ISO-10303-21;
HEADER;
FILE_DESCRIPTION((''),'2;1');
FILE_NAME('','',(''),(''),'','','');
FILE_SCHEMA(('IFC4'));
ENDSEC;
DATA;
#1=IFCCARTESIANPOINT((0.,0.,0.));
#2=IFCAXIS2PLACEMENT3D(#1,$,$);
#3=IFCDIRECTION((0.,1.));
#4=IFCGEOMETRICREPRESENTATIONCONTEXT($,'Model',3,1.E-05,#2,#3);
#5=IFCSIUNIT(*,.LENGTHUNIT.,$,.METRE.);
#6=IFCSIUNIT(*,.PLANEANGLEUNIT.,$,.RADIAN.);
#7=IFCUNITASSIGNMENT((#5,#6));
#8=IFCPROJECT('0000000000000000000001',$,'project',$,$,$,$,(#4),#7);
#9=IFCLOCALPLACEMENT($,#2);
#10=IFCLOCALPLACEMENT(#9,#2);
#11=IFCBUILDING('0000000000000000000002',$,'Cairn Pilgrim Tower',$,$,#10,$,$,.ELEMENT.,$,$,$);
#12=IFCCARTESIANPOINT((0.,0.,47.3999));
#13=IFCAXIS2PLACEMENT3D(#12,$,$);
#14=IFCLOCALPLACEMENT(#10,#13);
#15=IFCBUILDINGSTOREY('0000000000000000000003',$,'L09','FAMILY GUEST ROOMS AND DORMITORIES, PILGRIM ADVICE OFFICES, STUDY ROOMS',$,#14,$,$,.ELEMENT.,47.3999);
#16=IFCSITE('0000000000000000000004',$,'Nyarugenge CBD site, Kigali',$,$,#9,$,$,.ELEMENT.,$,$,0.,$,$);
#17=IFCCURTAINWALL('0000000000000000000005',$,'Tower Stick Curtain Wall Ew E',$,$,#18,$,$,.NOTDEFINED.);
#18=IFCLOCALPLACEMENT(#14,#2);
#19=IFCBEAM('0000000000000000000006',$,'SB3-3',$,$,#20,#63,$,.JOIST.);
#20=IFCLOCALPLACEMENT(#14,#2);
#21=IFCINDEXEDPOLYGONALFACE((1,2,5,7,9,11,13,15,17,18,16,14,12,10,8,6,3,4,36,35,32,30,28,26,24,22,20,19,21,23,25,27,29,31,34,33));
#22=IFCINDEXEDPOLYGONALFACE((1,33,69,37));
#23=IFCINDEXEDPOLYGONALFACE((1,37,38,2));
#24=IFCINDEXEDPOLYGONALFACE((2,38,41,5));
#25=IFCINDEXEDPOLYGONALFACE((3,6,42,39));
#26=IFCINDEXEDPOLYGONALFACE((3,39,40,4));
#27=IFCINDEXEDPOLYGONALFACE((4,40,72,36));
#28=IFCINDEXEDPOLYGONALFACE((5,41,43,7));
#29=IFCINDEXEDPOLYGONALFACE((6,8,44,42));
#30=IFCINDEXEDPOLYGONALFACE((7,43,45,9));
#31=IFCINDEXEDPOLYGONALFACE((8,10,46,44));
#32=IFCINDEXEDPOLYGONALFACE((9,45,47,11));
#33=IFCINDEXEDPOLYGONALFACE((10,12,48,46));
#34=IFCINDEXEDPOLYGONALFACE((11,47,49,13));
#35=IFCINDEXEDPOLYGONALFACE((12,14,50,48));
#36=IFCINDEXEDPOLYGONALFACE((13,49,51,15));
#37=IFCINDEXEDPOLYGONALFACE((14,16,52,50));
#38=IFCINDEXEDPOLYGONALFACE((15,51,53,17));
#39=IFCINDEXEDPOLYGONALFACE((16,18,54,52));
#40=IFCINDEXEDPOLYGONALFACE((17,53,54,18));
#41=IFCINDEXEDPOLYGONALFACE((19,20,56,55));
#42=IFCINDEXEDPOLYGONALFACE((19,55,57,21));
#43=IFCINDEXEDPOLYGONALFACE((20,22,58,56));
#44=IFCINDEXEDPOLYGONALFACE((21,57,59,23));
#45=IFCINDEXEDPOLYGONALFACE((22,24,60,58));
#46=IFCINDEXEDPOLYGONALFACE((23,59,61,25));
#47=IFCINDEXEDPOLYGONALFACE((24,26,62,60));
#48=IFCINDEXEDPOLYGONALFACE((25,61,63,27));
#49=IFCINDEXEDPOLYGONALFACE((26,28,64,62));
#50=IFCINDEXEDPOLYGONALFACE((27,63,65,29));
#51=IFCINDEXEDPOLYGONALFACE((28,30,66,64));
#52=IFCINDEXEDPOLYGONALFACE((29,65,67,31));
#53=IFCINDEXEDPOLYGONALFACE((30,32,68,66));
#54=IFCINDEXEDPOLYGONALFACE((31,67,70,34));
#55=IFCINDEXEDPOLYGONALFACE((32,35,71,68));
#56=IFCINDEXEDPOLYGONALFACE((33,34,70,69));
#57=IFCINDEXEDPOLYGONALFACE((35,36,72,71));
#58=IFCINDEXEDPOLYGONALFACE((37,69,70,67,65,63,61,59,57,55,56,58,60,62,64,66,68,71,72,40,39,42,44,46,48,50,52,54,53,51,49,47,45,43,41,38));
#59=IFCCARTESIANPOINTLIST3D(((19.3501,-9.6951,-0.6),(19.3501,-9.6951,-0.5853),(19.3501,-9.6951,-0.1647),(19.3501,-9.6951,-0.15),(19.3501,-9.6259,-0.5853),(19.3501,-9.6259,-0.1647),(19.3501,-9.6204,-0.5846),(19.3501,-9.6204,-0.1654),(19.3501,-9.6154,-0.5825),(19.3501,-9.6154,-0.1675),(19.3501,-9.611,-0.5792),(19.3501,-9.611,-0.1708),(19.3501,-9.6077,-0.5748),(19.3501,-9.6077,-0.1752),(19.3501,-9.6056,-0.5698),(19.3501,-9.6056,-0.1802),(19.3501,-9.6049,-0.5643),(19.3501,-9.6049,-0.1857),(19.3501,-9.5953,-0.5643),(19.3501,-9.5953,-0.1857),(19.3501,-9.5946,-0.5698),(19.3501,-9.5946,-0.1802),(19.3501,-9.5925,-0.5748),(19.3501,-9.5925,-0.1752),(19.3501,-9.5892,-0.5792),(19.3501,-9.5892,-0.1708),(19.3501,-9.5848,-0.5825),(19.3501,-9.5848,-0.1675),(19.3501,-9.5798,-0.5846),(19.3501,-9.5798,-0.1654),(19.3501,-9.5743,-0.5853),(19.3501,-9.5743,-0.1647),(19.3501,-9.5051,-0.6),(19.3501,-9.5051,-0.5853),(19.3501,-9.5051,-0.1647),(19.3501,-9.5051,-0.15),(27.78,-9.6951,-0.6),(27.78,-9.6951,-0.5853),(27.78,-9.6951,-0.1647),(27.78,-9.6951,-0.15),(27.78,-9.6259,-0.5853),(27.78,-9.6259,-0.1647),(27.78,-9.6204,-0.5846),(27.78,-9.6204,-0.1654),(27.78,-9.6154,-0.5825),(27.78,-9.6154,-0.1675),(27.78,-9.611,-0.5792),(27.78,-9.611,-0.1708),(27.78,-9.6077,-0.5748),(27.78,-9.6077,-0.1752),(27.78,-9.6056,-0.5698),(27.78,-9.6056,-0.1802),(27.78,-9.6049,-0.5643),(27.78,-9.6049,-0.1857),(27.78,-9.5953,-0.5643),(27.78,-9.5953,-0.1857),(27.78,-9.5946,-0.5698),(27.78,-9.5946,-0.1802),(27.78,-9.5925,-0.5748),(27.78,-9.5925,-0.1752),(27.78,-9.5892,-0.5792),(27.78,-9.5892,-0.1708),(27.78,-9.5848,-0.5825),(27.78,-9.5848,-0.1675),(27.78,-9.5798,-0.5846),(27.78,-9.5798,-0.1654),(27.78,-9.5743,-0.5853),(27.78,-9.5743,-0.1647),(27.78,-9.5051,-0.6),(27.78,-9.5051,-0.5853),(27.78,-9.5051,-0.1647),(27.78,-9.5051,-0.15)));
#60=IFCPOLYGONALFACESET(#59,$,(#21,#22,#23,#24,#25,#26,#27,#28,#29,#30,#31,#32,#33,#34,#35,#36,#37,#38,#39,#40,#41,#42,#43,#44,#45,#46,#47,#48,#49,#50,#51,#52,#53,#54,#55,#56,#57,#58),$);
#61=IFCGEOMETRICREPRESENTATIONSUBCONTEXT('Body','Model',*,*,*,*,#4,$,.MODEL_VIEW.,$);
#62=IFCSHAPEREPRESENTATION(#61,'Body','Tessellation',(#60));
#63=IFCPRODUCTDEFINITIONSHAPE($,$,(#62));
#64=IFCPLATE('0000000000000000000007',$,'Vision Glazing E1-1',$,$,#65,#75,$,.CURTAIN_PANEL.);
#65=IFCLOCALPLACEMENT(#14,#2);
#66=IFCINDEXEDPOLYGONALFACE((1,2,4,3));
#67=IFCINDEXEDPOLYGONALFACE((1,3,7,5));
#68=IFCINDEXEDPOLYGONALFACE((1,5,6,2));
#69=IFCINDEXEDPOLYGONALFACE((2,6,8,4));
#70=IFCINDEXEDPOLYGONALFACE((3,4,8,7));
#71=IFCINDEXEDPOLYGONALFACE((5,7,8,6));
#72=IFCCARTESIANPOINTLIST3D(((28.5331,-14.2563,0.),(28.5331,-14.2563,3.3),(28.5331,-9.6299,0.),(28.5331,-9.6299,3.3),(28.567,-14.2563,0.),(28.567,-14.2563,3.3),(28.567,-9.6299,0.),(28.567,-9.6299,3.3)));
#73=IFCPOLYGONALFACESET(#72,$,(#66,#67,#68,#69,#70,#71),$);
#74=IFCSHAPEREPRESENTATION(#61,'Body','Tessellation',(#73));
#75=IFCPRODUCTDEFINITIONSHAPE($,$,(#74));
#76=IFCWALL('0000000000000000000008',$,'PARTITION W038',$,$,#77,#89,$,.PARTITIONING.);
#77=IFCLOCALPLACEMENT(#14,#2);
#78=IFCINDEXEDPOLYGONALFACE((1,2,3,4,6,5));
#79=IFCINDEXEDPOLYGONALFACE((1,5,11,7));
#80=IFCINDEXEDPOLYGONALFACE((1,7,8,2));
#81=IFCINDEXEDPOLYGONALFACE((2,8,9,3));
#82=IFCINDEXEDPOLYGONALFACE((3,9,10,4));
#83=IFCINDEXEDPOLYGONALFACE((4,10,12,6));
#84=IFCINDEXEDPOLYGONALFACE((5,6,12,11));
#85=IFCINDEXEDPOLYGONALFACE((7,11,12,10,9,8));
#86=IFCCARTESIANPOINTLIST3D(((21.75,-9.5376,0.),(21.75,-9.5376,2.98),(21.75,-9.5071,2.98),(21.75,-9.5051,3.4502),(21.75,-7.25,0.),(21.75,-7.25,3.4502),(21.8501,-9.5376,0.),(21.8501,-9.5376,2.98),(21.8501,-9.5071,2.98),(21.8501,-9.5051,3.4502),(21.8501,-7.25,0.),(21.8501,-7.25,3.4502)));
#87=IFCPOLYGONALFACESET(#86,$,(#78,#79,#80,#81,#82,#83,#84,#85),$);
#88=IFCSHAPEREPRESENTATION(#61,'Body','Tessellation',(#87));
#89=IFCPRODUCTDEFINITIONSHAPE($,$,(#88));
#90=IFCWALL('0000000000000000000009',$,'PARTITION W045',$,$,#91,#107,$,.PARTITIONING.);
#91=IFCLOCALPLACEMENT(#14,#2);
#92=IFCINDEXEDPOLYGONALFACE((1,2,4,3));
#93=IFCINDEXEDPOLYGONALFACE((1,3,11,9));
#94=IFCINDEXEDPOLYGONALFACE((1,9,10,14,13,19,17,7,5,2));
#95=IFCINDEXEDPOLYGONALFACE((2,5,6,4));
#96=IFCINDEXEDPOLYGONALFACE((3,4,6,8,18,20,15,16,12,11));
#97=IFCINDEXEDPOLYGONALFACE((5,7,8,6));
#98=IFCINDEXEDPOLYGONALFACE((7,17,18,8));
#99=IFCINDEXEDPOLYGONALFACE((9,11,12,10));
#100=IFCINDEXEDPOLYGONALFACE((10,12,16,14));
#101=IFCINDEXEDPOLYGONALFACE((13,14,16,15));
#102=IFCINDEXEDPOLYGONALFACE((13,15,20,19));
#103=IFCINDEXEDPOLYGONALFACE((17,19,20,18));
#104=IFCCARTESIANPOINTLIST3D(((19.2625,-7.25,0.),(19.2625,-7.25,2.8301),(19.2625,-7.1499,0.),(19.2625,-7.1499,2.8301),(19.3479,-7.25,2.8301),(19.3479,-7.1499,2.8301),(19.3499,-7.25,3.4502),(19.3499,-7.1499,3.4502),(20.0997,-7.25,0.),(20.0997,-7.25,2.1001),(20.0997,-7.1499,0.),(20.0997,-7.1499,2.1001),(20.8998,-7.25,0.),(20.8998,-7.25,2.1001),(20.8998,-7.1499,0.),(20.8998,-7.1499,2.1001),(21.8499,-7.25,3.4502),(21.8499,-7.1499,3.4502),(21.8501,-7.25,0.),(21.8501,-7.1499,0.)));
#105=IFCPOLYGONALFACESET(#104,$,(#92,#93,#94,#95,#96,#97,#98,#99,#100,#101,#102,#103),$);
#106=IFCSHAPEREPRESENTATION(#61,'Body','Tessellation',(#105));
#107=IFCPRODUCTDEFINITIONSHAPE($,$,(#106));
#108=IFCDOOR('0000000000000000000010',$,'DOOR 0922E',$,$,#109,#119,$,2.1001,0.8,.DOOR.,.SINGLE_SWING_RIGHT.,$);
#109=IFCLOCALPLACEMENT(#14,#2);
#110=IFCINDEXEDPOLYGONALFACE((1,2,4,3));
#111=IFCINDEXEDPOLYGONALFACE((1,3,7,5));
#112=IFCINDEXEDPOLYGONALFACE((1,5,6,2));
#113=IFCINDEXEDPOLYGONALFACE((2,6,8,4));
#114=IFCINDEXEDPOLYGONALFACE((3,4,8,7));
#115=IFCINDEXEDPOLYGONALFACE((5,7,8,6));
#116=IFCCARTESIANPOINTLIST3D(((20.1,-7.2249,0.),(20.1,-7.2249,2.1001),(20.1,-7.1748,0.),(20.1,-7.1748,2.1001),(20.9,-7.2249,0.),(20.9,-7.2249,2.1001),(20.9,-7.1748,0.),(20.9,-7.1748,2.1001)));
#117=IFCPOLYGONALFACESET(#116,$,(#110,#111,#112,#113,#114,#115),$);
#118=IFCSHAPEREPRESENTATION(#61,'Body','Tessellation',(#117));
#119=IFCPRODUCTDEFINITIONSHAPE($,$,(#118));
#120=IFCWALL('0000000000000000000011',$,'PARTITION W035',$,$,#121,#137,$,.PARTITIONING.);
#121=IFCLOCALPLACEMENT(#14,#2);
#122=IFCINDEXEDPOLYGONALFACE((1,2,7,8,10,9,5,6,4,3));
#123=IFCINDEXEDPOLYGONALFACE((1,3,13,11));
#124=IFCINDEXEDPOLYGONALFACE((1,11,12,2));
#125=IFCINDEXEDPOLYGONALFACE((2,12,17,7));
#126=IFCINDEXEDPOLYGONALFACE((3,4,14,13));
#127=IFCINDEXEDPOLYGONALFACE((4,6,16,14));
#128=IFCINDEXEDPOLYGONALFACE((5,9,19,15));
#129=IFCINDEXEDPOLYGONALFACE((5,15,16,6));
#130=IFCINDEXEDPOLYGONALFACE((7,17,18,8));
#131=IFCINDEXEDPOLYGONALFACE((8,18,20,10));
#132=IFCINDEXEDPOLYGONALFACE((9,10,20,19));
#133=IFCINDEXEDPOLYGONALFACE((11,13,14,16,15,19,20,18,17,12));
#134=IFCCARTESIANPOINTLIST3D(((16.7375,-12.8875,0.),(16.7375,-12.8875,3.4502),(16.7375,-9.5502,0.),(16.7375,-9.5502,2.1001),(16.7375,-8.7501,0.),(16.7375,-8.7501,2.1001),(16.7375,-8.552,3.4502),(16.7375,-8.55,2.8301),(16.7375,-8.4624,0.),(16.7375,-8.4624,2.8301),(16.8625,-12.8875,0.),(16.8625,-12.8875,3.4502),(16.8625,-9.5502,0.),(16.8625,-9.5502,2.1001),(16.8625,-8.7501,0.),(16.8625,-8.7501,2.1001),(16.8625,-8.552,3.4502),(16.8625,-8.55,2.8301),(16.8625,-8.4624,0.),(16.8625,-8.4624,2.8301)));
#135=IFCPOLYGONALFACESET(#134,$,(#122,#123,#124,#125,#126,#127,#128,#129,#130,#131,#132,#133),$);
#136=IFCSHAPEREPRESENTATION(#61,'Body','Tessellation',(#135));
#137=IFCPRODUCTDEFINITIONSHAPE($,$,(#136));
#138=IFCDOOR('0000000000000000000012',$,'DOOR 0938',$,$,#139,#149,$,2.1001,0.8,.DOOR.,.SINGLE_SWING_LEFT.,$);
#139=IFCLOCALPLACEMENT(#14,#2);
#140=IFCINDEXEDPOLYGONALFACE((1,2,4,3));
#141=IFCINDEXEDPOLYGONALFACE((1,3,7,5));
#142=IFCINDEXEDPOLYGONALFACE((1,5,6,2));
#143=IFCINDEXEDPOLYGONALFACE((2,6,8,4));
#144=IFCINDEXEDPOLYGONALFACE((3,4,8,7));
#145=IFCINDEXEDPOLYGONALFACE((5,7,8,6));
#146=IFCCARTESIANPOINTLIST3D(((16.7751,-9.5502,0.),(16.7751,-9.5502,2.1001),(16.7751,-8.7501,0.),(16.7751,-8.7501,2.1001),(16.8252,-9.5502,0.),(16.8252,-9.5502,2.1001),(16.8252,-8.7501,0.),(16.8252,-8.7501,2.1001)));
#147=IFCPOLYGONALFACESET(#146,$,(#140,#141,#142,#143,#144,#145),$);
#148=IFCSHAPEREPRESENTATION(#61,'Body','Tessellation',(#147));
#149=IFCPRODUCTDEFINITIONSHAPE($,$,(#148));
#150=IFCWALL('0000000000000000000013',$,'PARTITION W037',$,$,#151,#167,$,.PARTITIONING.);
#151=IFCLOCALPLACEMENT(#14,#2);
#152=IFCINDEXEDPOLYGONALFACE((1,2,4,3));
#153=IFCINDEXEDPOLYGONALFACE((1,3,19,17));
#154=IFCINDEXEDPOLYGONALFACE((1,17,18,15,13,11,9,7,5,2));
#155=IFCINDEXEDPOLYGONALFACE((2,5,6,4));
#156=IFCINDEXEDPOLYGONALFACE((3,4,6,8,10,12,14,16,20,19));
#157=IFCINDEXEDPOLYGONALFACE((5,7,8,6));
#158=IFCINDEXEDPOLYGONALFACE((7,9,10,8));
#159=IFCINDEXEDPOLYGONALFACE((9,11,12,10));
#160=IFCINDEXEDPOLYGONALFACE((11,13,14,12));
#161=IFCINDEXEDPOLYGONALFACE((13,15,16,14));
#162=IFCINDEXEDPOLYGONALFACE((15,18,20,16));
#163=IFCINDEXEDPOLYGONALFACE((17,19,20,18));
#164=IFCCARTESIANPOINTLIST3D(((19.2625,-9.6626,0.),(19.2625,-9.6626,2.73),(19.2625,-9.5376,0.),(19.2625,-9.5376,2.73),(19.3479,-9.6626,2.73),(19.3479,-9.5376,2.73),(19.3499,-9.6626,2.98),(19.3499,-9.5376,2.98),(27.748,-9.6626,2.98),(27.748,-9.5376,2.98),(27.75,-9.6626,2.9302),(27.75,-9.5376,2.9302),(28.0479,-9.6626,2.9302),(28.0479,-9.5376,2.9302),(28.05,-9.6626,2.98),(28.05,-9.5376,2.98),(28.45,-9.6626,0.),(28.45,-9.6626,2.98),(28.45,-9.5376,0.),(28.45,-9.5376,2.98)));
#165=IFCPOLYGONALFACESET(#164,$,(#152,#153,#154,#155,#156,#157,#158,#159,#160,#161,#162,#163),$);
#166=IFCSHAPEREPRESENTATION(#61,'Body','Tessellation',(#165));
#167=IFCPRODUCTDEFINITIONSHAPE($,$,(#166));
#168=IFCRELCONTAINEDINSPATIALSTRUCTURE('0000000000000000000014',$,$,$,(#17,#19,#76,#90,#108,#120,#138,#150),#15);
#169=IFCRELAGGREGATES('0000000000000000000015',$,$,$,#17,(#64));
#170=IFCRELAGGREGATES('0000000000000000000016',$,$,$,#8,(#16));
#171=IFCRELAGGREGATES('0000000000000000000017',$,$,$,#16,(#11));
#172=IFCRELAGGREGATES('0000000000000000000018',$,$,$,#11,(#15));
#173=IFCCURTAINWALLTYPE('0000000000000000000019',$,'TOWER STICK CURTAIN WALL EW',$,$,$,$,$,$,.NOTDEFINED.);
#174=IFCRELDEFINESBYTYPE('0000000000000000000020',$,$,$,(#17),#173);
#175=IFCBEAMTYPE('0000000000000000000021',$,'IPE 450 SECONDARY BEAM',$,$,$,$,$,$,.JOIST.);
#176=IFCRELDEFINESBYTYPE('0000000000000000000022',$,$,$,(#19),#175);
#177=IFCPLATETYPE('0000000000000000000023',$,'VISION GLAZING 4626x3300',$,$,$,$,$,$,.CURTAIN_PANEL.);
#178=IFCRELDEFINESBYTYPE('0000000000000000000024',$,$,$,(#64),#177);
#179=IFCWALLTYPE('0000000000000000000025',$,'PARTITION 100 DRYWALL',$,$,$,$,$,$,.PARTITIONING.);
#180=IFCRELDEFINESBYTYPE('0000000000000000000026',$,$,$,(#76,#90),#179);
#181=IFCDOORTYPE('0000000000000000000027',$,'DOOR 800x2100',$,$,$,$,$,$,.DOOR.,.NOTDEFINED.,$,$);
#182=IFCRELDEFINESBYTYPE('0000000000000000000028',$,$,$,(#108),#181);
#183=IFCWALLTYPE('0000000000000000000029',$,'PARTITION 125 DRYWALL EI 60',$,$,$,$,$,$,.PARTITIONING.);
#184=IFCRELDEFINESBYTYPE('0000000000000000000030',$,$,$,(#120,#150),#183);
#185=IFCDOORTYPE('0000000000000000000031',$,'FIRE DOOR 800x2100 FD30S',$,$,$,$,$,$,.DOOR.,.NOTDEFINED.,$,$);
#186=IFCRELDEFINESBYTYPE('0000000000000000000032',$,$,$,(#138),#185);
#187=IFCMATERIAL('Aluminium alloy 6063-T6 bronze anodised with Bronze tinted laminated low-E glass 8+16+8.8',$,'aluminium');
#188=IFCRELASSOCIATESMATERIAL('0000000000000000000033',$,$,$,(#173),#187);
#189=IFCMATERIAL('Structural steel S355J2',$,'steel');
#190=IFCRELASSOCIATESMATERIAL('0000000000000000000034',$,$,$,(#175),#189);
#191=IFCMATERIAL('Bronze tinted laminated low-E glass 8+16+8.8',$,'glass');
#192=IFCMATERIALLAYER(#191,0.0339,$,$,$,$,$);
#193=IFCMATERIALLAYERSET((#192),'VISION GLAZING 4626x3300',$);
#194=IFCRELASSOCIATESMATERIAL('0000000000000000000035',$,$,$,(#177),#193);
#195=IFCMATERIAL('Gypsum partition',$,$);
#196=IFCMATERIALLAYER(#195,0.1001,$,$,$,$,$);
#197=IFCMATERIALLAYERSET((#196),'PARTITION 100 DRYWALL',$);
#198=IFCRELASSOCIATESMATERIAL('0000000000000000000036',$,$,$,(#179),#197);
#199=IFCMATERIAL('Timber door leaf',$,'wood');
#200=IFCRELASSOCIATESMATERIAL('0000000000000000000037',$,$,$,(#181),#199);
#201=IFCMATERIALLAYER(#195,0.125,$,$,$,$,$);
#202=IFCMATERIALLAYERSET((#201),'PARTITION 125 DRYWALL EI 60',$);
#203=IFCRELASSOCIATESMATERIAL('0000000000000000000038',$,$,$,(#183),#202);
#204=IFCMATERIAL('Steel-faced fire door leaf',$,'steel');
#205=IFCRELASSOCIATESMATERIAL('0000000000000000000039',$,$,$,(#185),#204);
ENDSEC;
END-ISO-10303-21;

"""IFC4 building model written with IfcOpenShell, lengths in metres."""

from ifc_helpers import new_model, si_unit, direction, frame, frame_2d, origin, origin_2d, place, context, subcontext, project, spatial, polyline, rectangle, i_section, outline, extrude, material, layer, layer_set, material_profile, profile_set, type_object, element, fill, aggregate, save


model = new_model("IFC4")

# Units and contexts
model_context = context("Model", 3, precision=1e-05, world=origin(), true_north=direction((0.0, 1.0)))
body_context = subcontext(model_context, "Body", "Model", "MODEL_VIEW")
ifc_project = project(units=[si_unit("LENGTHUNIT", "METRE"), si_unit("PLANEANGLEUNIT", "RADIAN")], contexts=[model_context])

# Site, building, storey
site_placement = place(None, origin())
site = spatial("IfcSite", under=ifc_project, at=site_placement, Name="Nyarugenge CBD site, Kigali", CompositionType="ELEMENT", RefElevation=0.0)
building_placement = place(site_placement, origin())
building = spatial("IfcBuilding", under=site, at=building_placement, Name="Cairn Pilgrim Tower", CompositionType="ELEMENT")
storey_placement = place(building_placement, frame((0.0, 0.0, 47.3999)))
storey = spatial("IfcBuildingStorey", under=building, at=storey_placement, Name="L09", Description="FAMILY GUEST ROOMS AND DORMITORIES, PILGRIM ADVICE OFFICES, STUDY ROOMS", CompositionType="ELEMENT", Elevation=47.3999)

# Curtain wall
ifc_material_1 = material(Name="Aluminium alloy 6063-T6 bronze anodised with Bronze tinted laminated low-E glass 8+16+8.8", Category="aluminium")
curtain_wall_type = type_object("IfcCurtainWallType", Name="TOWER STICK CURTAIN WALL EW", PredefinedType="NOTDEFINED", material=ifc_material_1)
curtain_wall_placement = place(storey_placement, origin())
curtain_wall = element("IfcCurtainWall", 1, at=curtain_wall_placement, inside=storey, type_object=curtain_wall_type, Name="Tower Stick Curtain Wall Ew E", PredefinedType="NOTDEFINED")

# Beam
ifc_material_2 = material(Name="Structural steel S355J2", Category="steel")
ifc_material_profile_1 = material_profile(ifc_material_2, i_section(OverallWidth=0.1899, OverallDepth=0.45, WebThickness=0.0095, FlangeThickness=0.0146, FilletRadius=0.021, at=origin_2d()), Name="IPE 450")
ifc_profile_set_1 = profile_set([ifc_material_profile_1], Name="Structural steel S355J2")
beam_type_1 = type_object("IfcBeamType", Name="IPE 450 SECONDARY BEAM", PredefinedType="JOIST", material=ifc_profile_set_1)
beam_1_placement = place(storey_placement, frame((19.3501, -9.6001, -0.375), z_axis=(1.0, 0.0, 0.0), x_axis=(0.0, 1.0, 0.0)))
element("IfcBeam", 2, at=beam_1_placement, inside=storey, type_object=beam_type_1, Name="SB3-3", PredefinedType="JOIST", context=body_context, shape_type="SweptSolid", body=[
    extrude(i_section(OverallWidth=0.1899, OverallDepth=0.45, WebThickness=0.0095, FlangeThickness=0.0146, FilletRadius=0.021, at=origin_2d()), origin(), (0.0, 0.0, 1.0), 8.4299),
])

# Plate
ifc_material_3 = material(Name="Bronze tinted laminated low-E glass 8+16+8.8", Category="glass")
ifc_layer_1 = layer(ifc_material_3, 0.0339)
ifc_layer_set_1 = layer_set([ifc_layer_1], Name="VISION GLAZING 4626x3300")
plate_type = type_object("IfcPlateType", Name="VISION GLAZING 4626x3300", PredefinedType="CURTAIN_PANEL", material=ifc_layer_set_1)
plate_placement = place(storey_placement, frame((28.55, -11.9431, 0.0), z_axis=(0.0, 0.0, 1.0), x_axis=(0.0, 1.0, 0.0)))
plate = element("IfcPlate", 3, at=plate_placement, type_object=plate_type, Name="Vision Glazing E1-1", PredefinedType="CURTAIN_PANEL", context=body_context, shape_type="SweptSolid", body=[
    extrude(rectangle(XDim=4.6265, YDim=0.0339, at=origin_2d()), origin(), (0.0, 0.0, 1.0), 3.3),
])
aggregate(curtain_wall, [plate])

# Wall
ifc_material_4 = material(Name="Gypsum partition")
ifc_layer_2 = layer(ifc_material_4, 0.1001)
ifc_layer_set_2 = layer_set([ifc_layer_2], Name="PARTITION 100 DRYWALL")
wall_type_1 = type_object("IfcWallType", Name="PARTITION 100 DRYWALL", PredefinedType="PARTITIONING", material=ifc_layer_set_2)
wall_1_placement = place(storey_placement, frame((21.8, -9.5376, 0.0), z_axis=(0.0, 0.0, 1.0), x_axis=(0.0, 1.0, 0.0)))
element("IfcWall", 4, at=wall_1_placement, inside=storey, type_object=wall_type_1, Name="PARTITION W038", PredefinedType="PARTITIONING", context=body_context, shape_type="SweptSolid", body=[
    extrude(outline(polyline([(0.0, 0.0), (2.2876, 0.0), (2.2876, 3.4502), (0.0325, 3.4502), (0.0305, 2.98), (0.0, 2.98), (0.0, 0.0)])), frame((0.0, 0.05, 0.0), z_axis=(0.0, -1.0, 0.0), x_axis=(1.0, 0.0, 0.0)), (0.0, 0.0, 1.0), 0.1001),
])

# Walls, openings, doors
wall_2_placement = place(storey_placement, frame((19.2625, -7.2, 0.0), z_axis=(0.0, 0.0, 1.0), x_axis=(1.0, 0.0, 0.0)))
wall_2 = element("IfcWall", 5, at=wall_2_placement, inside=storey, type_object=wall_type_1, Name="PARTITION W045", PredefinedType="PARTITIONING", context=body_context, shape_type="SweptSolid", body=[
    extrude(outline(polyline([(0.0, 0.0), (2.5876, 0.0), (2.5874, 3.4502), (0.0874, 3.4502), (0.0854, 2.8301), (0.0, 2.8301), (0.0, 0.0)])), frame((0.0, 0.05, 0.0), z_axis=(0.0, -1.0, 0.0), x_axis=(1.0, 0.0, 0.0)), (0.0, 0.0, 1.0), 0.1001),
])
opening_1_placement = place(wall_2_placement, frame((0.8374, 0.0, 0.0)))
opening_1 = element("IfcOpeningElement", 6, at=opening_1_placement, cuts=wall_2, PredefinedType="OPENING", context=body_context, shape_type="SweptSolid", body=[
    extrude(rectangle(XDim=0.8, YDim=2.1001, at=frame_2d((0.3999, 1.05))), frame((0.0, 0.0601, 0.0), z_axis=(0.0, -1.0, 0.0), x_axis=(1.0, 0.0, 0.0)), (0.0, 0.0, 1.0), 0.1201),
])
ifc_material_5 = material(Name="Timber door leaf", Category="wood")
door_type_1 = type_object("IfcDoorType", Name="DOOR 800x2100", OperationType="NOTDEFINED", PredefinedType="DOOR", material=ifc_material_5)
door_1_placement = place(opening_1_placement, frame((0.8, 0.0, 0.0), z_axis=(0.0, 0.0, 1.0), x_axis=(-1.0, 0.0, 0.0)))
door_1 = element("IfcDoor", 7, at=door_1_placement, inside=storey, type_object=door_type_1, Name="DOOR 0922E", OperationType="SINGLE_SWING_RIGHT", OverallHeight=2.1001, OverallWidth=0.8, PredefinedType="DOOR", context=body_context, shape_type="SweptSolid", body=[
    extrude(rectangle(XDim=0.8, YDim=2.1001, at=frame_2d((0.3999, 1.05))), frame((0.0, 0.0249, 0.0), z_axis=(0.0, -1.0, 0.0), x_axis=(1.0, 0.0, 0.0)), (0.0, 0.0, 1.0), 0.05),
])
fill(opening_1, door_1)
ifc_layer_3 = layer(ifc_material_4, 0.125)
ifc_layer_set_3 = layer_set([ifc_layer_3], Name="PARTITION 125 DRYWALL EI 60")
wall_type_2 = type_object("IfcWallType", Name="PARTITION 125 DRYWALL EI 60", PredefinedType="PARTITIONING", material=ifc_layer_set_3)
wall_3_placement = place(storey_placement, frame((16.8, -12.8875, 0.0), z_axis=(0.0, 0.0, 1.0), x_axis=(0.0, 1.0, 0.0)))
wall_3 = element("IfcWall", 8, at=wall_3_placement, inside=storey, type_object=wall_type_2, Name="PARTITION W035", PredefinedType="PARTITIONING", context=body_context, shape_type="SweptSolid", body=[
    extrude(outline(polyline([(0.0, 0.0), (4.425, 0.0), (4.425, 2.8301), (4.3374, 2.8301), (4.3354, 3.4502), (0.0, 3.4502), (0.0, 0.0)])), frame((0.0, 0.0625, 0.0), z_axis=(0.0, -1.0, 0.0), x_axis=(1.0, 0.0, 0.0)), (0.0, 0.0, 1.0), 0.125),
])
opening_2_placement = place(wall_3_placement, frame((3.3374, 0.0, 0.0)))
opening_2 = element("IfcOpeningElement", 9, at=opening_2_placement, cuts=wall_3, PredefinedType="OPENING", context=body_context, shape_type="SweptSolid", body=[
    extrude(rectangle(XDim=0.8, YDim=2.1001, at=frame_2d((0.3999, 1.05))), frame((0.0, 0.0725, 0.0), z_axis=(0.0, -1.0, 0.0), x_axis=(1.0, 0.0, 0.0)), (0.0, 0.0, 1.0), 0.145),
])
ifc_material_6 = material(Name="Steel-faced fire door leaf", Category="steel")
door_type_2 = type_object("IfcDoorType", Name="FIRE DOOR 800x2100 FD30S", OperationType="NOTDEFINED", PredefinedType="DOOR", material=ifc_material_6)
door_2_placement = place(opening_2_placement, origin())
door_2 = element("IfcDoor", 10, at=door_2_placement, inside=storey, type_object=door_type_2, Name="DOOR 0938", OperationType="SINGLE_SWING_LEFT", OverallHeight=2.1001, OverallWidth=0.8, PredefinedType="DOOR", context=body_context, shape_type="SweptSolid", body=[
    extrude(rectangle(XDim=0.8, YDim=2.1001, at=frame_2d((0.3999, 1.05))), frame((0.0, 0.0249, 0.0), z_axis=(0.0, -1.0, 0.0), x_axis=(1.0, 0.0, 0.0)), (0.0, 0.0, 1.0), 0.05),
])
fill(opening_2, door_2)

# Wall
wall_4_placement = place(storey_placement, frame((19.2625, -9.6001, 0.0), z_axis=(0.0, 0.0, 1.0), x_axis=(1.0, 0.0, 0.0)))
element("IfcWall", 11, at=wall_4_placement, inside=storey, type_object=wall_type_2, Name="PARTITION W037", PredefinedType="PARTITIONING", context=body_context, shape_type="SweptSolid", body=[
    extrude(outline(polyline([(0.0, 0.0), (9.1875, 0.0), (9.1875, 2.98), (8.7876, 2.98), (8.7854, 2.9302), (8.4875, 2.9302), (8.4856, 2.98), (0.0874, 2.98), (0.0854, 2.73), (0.0, 2.73), (0.0, 0.0)])), frame((0.0, 0.0625, 0.0), z_axis=(0.0, -1.0, 0.0), x_axis=(1.0, 0.0, 0.0)), (0.0, 0.0, 1.0), 0.125),
])

save(model, "model.ifc")
